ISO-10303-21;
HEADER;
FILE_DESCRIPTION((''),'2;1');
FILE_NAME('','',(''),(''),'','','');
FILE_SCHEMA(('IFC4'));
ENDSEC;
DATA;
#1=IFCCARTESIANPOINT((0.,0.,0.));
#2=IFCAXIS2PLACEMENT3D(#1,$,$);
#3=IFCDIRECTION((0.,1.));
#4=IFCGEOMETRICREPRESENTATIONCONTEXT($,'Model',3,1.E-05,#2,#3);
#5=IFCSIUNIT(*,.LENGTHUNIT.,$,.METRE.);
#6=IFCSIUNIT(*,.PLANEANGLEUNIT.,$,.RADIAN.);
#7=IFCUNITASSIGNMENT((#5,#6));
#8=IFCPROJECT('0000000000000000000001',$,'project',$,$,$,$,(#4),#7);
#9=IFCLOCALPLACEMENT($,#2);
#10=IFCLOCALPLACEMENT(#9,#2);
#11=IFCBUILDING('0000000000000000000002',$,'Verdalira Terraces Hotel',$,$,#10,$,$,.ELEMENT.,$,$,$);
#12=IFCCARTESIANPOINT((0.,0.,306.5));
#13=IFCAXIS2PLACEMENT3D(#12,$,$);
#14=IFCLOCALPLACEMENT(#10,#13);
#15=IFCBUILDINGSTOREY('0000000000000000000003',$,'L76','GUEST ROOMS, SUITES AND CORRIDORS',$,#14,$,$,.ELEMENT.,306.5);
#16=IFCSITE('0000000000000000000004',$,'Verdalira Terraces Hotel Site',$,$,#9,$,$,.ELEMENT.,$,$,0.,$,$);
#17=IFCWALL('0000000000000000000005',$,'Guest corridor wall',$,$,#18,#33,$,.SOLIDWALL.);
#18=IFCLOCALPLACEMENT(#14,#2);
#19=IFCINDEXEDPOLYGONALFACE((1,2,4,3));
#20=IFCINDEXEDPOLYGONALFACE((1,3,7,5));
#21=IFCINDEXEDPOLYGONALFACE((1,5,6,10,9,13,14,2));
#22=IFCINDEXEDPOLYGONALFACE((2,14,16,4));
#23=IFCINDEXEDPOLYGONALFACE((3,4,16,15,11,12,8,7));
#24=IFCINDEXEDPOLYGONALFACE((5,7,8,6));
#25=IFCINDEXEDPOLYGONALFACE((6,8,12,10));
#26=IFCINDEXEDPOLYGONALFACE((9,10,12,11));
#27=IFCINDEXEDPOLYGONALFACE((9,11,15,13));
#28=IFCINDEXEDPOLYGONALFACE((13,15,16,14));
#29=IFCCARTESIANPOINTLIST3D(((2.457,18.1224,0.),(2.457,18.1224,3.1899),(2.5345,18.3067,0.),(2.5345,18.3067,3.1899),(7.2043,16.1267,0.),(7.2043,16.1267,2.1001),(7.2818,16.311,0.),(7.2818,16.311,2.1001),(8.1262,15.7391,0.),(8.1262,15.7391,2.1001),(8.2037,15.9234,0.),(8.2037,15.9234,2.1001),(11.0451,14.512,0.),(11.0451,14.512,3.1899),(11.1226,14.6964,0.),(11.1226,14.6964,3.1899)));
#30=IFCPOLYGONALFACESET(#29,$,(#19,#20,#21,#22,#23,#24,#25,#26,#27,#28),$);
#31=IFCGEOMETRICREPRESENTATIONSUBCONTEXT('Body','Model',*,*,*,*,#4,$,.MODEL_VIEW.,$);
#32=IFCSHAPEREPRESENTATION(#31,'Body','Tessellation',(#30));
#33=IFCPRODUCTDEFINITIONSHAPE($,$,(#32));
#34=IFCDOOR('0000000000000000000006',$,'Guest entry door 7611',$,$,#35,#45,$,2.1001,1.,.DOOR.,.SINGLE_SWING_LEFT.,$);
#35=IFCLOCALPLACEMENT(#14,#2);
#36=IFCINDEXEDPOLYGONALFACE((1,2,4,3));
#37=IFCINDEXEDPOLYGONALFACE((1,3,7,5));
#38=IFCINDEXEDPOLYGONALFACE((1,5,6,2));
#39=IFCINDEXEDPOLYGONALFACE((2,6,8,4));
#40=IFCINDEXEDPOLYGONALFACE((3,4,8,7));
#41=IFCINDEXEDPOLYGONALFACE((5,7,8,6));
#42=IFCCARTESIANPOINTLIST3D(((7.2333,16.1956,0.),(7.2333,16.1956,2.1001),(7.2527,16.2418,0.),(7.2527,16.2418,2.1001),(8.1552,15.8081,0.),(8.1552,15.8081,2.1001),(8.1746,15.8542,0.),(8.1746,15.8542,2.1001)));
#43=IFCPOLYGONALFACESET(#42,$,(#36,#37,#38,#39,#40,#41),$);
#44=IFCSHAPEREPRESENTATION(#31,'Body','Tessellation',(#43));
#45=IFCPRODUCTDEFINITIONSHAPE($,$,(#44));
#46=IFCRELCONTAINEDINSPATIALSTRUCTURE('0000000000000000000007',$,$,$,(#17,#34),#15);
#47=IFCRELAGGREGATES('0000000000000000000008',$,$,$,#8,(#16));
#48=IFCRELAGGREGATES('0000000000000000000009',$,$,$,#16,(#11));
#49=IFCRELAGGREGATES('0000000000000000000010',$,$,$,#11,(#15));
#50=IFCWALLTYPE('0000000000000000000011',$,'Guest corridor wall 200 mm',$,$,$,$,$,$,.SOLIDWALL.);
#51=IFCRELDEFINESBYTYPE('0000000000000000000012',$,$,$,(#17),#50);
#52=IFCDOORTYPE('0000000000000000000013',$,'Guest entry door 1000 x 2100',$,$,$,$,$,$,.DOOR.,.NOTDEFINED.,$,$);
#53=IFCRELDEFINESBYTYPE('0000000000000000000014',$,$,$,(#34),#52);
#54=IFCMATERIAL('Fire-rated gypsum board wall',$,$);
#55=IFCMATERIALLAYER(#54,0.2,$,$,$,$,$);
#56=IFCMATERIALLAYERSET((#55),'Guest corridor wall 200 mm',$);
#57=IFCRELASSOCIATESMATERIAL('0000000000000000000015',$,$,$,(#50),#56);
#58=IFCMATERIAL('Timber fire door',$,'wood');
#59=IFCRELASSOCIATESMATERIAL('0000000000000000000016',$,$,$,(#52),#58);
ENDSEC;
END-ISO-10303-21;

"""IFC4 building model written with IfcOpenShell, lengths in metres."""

from ifc_helpers import new_model, si_unit, direction, frame, frame_2d, origin, place, context, subcontext, project, spatial, rectangle, extrude, material, layer, layer_set, type_object, element, fill, save


model = new_model("IFC4")

# Units and contexts
model_context = context("Model", 3, precision=1e-05, world=origin(), true_north=direction((0.0, 1.0)))
body_context = subcontext(model_context, "Body", "Model", "MODEL_VIEW")
ifc_project = project(units=[si_unit("LENGTHUNIT", "METRE"), si_unit("PLANEANGLEUNIT", "RADIAN")], contexts=[model_context])

# Site, building, storey
site_placement = place(None, origin())
site = spatial("IfcSite", under=ifc_project, at=site_placement, Name="Verdalira Terraces Hotel Site", CompositionType="ELEMENT", RefElevation=0.0)
building_placement = place(site_placement, origin())
building = spatial("IfcBuilding", under=site, at=building_placement, Name="Verdalira Terraces Hotel", CompositionType="ELEMENT")
storey_placement = place(building_placement, frame((0.0, 0.0, 306.5)))
storey = spatial("IfcBuildingStorey", under=building, at=storey_placement, Name="L76", Description="GUEST ROOMS, SUITES AND CORRIDORS", CompositionType="ELEMENT", Elevation=306.5)

# Wall, opening, door
ifc_material_1 = material(Name="Fire-rated gypsum board wall")
ifc_layer_1 = layer(ifc_material_1, 0.2)
ifc_layer_set_1 = layer_set([ifc_layer_1], Name="Guest corridor wall 200 mm")
wall_type_1 = type_object("IfcWallType", Name="Guest corridor wall 200 mm", PredefinedType="SOLIDWALL", material=ifc_layer_set_1)
wall_1_placement = place(storey_placement, frame((2.4956, 18.2146, 0.0), z_axis=(0.0, 0.0, 1.0), x_axis=(0.921854, -0.387537, 0.0)))
wall_1 = element("IfcWall", 1, at=wall_1_placement, inside=storey, type_object=wall_type_1, Name="Guest corridor wall", PredefinedType="SOLIDWALL", context=body_context, shape_type="SweptSolid", body=[
    extrude(rectangle(XDim=9.3162, YDim=0.2, at=frame_2d((4.6582, 0.0))), origin(), (0.0, 0.0, 1.0), 3.1899),
])
opening_1_placement = place(wall_1_placement, frame((5.1499, 0.0, 0.0)))
opening_1 = element("IfcOpeningElement", 2, at=opening_1_placement, cuts=wall_1, PredefinedType="OPENING", context=body_context, shape_type="SweptSolid", body=[
    extrude(rectangle(XDim=1.0, YDim=2.1001, at=frame_2d((0.5, 1.05))), frame((0.0, 0.1099, 0.0), z_axis=(0.0, -1.0, 0.0), x_axis=(1.0, 0.0, 0.0)), (0.0, 0.0, 1.0), 0.22),
])
ifc_material_2 = material(Name="Timber fire door", Category="wood")
door_type_1 = type_object("IfcDoorType", Name="Guest entry door 1000 x 2100", OperationType="NOTDEFINED", PredefinedType="DOOR", material=ifc_material_2)
door_1_placement = place(opening_1_placement, origin())
door_1 = element("IfcDoor", 3, at=door_1_placement, inside=storey, type_object=door_type_1, Name="Guest entry door 7611", OperationType="SINGLE_SWING_LEFT", OverallHeight=2.1001, OverallWidth=1.0, PredefinedType="DOOR", context=body_context, shape_type="SweptSolid", body=[
    extrude(rectangle(XDim=1.0, YDim=2.1001, at=frame_2d((0.5, 1.05))), frame((0.0, 0.0249, 0.0), z_axis=(0.0, -1.0, 0.0), x_axis=(1.0, 0.0, 0.0)), (0.0, 0.0, 1.0), 0.05),
])
fill(opening_1, door_1)

save(model, "model.ifc")
